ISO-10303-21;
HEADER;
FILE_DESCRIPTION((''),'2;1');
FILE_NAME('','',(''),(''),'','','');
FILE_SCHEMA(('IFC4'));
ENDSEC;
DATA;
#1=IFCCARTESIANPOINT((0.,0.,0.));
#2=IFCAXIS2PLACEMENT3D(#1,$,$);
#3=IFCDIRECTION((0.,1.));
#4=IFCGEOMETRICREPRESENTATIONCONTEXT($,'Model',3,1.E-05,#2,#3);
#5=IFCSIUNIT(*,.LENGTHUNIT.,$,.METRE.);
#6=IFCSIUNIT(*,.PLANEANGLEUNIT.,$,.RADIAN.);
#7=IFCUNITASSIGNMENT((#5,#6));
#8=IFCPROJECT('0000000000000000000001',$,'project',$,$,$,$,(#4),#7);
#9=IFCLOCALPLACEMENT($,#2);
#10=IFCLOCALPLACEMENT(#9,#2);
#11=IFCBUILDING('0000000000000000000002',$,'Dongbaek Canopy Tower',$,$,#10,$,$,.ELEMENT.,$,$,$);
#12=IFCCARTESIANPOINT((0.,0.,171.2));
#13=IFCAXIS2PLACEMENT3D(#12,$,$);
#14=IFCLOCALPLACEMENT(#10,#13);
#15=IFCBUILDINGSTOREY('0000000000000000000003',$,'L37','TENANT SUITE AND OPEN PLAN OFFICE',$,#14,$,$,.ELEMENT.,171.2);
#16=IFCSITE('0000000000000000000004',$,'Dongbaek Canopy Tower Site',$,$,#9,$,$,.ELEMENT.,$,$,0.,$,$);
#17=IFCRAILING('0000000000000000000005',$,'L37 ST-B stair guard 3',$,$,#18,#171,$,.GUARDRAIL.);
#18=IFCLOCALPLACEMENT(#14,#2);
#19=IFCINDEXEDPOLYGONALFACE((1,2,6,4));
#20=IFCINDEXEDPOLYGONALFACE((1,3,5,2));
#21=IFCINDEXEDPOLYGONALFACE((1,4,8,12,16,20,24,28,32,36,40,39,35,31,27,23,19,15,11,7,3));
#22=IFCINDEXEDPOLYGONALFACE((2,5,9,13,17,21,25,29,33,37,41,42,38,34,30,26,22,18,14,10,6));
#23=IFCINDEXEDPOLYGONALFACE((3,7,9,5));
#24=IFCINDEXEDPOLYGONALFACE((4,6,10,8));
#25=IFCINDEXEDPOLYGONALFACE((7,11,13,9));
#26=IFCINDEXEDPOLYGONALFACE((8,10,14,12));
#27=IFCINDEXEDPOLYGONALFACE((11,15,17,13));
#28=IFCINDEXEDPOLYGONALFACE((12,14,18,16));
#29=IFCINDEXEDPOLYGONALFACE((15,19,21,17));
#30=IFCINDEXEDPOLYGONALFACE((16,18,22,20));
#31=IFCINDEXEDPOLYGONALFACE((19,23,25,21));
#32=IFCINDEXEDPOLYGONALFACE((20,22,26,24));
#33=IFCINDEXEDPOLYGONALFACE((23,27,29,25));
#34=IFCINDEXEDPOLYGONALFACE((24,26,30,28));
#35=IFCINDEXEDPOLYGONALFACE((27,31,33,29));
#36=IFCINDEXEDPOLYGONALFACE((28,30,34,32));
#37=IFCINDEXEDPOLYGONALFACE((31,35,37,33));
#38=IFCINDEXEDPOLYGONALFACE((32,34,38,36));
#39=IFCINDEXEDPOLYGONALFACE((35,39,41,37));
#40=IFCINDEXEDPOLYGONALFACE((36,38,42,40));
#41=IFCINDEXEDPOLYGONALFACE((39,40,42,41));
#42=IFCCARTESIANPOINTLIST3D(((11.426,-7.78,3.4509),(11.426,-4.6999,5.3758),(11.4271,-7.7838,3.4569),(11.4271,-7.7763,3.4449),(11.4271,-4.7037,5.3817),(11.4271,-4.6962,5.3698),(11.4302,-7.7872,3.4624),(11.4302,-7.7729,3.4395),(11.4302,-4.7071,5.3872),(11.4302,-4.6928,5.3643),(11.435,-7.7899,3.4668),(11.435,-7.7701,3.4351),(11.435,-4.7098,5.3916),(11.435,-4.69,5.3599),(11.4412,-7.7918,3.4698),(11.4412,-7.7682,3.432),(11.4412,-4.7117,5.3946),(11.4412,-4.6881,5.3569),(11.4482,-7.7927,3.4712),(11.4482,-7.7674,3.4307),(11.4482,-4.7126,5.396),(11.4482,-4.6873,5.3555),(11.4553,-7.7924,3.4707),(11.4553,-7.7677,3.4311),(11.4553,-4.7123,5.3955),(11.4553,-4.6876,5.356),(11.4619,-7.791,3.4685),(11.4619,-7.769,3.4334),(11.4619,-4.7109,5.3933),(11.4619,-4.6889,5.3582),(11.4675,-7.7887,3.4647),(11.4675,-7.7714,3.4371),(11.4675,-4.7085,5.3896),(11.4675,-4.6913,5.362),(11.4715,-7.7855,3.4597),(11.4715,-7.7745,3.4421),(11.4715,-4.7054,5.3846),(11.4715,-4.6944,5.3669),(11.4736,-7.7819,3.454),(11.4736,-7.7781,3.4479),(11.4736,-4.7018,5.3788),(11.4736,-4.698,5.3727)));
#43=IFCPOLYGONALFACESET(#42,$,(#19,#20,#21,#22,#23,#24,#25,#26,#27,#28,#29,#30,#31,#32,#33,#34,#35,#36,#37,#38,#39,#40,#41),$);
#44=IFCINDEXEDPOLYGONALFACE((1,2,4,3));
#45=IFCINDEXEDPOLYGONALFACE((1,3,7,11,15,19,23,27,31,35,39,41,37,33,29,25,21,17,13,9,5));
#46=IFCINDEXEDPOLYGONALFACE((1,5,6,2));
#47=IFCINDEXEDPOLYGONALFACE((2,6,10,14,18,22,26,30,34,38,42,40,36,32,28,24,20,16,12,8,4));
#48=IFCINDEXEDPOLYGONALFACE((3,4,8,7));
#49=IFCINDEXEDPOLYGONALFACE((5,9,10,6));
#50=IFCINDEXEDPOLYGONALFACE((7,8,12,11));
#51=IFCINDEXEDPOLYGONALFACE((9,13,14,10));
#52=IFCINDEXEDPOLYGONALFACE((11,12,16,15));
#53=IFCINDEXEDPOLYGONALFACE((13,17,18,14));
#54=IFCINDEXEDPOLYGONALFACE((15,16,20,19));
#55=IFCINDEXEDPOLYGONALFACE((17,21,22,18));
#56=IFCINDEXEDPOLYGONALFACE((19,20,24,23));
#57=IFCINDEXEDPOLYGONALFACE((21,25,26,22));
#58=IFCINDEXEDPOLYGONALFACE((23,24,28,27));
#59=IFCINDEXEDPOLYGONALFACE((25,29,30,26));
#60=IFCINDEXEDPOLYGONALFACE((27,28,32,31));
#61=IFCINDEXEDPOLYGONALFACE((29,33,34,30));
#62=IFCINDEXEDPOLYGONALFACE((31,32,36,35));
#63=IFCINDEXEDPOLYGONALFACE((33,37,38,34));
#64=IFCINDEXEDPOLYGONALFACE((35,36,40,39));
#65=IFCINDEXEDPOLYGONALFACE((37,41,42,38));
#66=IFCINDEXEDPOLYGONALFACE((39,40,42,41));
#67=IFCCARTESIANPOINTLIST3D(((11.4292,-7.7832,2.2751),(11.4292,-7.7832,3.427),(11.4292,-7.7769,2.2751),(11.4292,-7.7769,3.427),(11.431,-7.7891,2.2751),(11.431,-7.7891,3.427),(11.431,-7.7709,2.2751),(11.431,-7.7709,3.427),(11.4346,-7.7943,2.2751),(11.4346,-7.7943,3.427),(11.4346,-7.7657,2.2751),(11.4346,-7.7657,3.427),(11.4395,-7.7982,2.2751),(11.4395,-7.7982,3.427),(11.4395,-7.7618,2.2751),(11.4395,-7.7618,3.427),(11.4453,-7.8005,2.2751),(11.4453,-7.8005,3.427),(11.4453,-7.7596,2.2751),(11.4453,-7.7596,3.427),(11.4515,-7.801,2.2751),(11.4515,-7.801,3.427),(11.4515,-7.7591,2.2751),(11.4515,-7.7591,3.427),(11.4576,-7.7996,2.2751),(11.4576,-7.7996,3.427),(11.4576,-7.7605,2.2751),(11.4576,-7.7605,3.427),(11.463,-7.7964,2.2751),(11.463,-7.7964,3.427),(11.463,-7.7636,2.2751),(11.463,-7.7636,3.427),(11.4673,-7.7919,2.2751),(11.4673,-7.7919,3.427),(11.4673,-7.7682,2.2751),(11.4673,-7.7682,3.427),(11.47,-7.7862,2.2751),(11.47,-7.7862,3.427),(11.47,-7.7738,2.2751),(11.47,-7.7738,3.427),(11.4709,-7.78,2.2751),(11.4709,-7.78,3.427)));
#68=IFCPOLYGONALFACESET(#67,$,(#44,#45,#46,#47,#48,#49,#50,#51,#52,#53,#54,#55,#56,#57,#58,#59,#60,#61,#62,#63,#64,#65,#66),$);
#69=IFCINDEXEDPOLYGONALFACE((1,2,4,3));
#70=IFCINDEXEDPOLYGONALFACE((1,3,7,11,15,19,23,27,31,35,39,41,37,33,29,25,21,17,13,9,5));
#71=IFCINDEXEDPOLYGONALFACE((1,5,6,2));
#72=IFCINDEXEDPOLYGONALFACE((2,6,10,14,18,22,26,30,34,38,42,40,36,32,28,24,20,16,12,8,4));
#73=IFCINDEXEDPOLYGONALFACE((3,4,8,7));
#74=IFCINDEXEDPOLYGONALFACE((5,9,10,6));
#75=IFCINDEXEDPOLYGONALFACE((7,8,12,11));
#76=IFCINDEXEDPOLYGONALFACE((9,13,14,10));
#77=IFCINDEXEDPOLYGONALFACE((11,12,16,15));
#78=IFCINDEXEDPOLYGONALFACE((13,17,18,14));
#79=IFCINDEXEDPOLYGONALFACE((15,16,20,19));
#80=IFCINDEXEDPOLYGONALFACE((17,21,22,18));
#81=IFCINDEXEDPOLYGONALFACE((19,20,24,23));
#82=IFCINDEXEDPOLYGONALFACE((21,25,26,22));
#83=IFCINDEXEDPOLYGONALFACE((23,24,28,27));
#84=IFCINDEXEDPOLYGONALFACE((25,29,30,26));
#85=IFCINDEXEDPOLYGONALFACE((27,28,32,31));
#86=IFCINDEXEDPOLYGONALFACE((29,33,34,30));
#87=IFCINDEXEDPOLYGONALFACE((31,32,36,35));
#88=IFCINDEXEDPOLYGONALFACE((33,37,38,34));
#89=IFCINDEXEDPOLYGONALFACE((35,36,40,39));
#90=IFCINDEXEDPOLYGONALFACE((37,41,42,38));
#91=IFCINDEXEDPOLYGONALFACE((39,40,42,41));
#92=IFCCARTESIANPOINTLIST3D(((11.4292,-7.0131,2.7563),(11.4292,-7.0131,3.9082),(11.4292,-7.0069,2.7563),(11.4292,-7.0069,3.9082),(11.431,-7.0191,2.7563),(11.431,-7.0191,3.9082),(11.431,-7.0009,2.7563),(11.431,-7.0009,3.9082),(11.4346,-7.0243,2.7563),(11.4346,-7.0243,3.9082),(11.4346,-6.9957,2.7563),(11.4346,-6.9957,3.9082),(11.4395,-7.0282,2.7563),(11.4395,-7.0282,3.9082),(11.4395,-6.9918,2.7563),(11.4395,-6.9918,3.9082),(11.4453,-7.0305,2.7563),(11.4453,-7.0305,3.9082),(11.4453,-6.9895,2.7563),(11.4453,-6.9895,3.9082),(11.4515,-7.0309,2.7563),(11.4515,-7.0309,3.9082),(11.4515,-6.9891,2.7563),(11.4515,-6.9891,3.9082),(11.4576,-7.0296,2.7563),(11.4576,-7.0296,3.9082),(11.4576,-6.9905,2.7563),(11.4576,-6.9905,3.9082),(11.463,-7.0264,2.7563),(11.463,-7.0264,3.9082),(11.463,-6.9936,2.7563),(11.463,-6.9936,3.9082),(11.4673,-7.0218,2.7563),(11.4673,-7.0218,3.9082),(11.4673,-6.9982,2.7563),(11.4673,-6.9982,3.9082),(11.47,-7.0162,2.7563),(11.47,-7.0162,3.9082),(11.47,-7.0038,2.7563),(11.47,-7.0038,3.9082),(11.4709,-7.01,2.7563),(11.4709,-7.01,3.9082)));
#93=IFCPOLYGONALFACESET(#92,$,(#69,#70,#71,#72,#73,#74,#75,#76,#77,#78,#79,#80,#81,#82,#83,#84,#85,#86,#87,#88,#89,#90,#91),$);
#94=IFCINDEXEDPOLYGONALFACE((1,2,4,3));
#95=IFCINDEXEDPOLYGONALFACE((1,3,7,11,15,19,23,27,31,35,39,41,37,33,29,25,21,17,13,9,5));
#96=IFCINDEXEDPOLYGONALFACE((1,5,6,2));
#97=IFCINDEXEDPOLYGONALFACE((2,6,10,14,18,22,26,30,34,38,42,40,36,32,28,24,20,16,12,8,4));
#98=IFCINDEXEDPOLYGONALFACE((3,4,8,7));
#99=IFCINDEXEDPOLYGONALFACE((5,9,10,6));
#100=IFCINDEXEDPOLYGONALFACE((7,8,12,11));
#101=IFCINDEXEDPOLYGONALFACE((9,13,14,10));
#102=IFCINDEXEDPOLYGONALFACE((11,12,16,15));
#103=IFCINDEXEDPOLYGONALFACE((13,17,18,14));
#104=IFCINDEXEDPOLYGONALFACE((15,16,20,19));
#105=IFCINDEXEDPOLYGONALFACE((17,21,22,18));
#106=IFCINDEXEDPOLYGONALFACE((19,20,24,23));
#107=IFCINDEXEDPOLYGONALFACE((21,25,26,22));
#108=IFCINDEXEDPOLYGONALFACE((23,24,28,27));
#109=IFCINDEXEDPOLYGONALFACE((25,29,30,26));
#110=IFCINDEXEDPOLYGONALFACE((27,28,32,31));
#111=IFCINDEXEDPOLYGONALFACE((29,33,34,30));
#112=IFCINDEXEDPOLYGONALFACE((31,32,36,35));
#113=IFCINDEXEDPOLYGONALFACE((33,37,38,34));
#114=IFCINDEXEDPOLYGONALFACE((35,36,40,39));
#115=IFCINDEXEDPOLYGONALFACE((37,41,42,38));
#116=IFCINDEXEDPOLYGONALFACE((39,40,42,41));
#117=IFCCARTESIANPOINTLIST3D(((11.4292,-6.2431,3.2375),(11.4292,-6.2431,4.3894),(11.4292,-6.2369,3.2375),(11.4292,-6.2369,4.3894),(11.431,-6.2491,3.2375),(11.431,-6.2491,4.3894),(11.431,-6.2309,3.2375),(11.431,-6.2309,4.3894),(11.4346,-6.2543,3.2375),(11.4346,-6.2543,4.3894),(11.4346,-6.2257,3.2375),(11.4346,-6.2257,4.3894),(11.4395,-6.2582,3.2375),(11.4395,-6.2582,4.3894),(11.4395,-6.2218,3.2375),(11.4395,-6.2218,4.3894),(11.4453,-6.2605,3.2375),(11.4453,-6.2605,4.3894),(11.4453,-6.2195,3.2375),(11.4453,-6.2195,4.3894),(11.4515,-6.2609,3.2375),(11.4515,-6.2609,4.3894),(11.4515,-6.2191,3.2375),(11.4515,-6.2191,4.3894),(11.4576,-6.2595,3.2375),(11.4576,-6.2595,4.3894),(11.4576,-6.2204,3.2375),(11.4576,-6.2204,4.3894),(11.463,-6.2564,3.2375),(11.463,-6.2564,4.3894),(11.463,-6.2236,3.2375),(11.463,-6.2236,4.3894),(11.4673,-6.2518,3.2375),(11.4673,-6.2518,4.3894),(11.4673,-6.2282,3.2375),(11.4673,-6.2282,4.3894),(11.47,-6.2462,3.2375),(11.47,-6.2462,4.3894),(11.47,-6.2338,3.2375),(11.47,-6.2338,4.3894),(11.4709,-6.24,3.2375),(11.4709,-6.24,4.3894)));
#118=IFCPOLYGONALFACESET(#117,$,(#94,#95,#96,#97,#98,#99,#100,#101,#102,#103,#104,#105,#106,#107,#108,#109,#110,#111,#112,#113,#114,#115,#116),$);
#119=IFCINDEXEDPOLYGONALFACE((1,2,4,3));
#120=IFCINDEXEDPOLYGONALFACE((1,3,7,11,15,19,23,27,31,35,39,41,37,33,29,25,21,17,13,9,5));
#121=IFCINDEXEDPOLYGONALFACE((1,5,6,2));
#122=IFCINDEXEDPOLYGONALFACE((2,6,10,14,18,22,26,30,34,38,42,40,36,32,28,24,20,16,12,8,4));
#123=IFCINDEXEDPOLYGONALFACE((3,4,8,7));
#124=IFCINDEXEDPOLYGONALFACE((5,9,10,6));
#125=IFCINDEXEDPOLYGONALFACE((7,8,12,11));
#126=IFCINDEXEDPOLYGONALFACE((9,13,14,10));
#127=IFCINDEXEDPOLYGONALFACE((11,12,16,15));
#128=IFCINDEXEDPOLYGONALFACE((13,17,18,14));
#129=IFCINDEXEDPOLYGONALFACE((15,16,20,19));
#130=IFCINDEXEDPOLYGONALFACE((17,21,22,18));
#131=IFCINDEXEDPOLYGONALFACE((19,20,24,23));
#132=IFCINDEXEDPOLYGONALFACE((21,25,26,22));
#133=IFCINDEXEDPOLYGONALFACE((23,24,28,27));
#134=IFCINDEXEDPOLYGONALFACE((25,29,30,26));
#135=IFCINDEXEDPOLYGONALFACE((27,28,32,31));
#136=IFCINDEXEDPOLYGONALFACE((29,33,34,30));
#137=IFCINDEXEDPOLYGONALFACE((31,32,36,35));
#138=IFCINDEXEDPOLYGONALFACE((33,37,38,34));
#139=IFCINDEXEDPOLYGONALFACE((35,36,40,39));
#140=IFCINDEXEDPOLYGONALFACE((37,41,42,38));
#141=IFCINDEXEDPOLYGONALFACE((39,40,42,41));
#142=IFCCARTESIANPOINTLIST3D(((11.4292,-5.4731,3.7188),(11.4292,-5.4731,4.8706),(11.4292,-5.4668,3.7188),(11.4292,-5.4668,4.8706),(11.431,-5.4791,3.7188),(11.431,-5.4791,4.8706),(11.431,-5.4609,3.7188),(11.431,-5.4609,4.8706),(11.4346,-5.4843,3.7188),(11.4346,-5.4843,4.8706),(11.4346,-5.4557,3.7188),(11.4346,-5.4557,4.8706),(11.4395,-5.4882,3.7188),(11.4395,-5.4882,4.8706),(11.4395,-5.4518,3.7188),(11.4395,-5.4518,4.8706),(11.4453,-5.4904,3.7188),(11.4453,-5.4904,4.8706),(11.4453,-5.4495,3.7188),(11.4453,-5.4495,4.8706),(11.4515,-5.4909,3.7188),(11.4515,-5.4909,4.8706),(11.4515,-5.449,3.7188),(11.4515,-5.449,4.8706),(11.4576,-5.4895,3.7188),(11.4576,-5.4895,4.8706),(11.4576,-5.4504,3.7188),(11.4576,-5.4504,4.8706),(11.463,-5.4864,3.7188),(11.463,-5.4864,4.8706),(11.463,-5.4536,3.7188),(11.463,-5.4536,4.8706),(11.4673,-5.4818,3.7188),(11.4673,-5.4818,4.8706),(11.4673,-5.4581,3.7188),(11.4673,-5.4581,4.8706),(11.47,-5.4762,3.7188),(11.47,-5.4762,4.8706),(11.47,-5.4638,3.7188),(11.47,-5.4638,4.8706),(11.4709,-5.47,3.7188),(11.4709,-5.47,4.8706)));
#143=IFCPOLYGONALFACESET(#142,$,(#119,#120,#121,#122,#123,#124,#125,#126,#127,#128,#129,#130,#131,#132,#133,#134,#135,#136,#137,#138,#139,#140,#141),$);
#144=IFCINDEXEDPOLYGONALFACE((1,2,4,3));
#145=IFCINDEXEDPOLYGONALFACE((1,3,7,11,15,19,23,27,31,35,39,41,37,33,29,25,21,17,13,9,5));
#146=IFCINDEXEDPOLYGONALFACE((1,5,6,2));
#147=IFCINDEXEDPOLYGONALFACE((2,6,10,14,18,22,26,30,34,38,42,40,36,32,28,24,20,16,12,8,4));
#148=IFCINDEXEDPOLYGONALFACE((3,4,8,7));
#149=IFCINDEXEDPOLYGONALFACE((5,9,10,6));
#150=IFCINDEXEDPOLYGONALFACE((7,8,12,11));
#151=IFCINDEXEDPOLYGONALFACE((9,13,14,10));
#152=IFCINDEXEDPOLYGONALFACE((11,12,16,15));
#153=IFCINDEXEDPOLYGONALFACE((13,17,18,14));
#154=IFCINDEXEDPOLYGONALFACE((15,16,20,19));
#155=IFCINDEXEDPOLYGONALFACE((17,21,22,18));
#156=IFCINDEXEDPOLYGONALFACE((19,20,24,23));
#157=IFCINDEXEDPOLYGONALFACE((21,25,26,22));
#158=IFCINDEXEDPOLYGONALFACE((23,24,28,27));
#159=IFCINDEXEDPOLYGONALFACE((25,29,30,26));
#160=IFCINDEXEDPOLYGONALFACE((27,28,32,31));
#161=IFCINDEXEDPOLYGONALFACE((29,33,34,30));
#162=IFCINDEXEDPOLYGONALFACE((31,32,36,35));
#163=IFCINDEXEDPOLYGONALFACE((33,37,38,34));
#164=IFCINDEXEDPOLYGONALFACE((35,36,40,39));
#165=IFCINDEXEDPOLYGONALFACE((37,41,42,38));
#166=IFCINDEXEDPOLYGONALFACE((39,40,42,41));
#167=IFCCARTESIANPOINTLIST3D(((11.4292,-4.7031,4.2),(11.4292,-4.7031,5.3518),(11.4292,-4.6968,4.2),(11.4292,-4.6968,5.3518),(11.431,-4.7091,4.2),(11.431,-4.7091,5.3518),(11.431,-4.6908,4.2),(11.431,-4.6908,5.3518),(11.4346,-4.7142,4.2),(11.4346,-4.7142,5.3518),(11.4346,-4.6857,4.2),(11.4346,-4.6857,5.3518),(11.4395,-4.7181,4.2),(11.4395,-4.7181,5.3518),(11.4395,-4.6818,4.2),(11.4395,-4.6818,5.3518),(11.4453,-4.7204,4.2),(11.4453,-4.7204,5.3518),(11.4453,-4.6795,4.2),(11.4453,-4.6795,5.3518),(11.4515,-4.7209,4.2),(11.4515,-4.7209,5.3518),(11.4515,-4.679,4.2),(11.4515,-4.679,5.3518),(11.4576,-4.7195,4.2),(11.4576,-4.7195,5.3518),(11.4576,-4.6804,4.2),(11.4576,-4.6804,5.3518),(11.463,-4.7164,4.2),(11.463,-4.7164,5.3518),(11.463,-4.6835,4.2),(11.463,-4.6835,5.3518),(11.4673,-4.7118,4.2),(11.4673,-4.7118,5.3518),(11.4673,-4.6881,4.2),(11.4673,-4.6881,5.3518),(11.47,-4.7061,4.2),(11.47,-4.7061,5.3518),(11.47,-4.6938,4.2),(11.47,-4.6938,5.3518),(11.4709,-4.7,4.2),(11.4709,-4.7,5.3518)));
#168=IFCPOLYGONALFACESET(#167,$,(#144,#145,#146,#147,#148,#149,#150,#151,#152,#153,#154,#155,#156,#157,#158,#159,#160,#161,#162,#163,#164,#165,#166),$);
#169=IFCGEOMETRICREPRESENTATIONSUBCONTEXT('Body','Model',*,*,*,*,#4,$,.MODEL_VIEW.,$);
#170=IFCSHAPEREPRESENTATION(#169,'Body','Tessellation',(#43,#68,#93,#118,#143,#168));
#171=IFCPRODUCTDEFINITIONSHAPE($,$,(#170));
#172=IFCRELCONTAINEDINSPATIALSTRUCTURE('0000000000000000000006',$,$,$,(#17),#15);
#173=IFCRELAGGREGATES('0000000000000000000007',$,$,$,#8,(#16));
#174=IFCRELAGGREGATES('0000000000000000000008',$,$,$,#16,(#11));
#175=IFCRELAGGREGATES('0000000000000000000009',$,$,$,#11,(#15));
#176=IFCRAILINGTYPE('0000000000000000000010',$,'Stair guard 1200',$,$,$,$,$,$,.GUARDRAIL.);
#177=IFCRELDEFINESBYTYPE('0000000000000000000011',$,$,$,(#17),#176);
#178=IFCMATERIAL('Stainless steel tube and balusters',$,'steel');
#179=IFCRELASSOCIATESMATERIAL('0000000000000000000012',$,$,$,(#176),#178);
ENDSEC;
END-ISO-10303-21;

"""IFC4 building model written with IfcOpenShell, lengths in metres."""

from ifc_helpers import new_model, si_unit, direction, frame, origin, origin_2d, place, context, subcontext, project, spatial, circle, extrude, material, type_object, element, save


model = new_model("IFC4")

# Units and contexts
model_context = context("Model", 3, precision=1e-05, world=origin(), true_north=direction((0.0, 1.0)))
body_context = subcontext(model_context, "Body", "Model", "MODEL_VIEW")
ifc_project = project(units=[si_unit("LENGTHUNIT", "METRE"), si_unit("PLANEANGLEUNIT", "RADIAN")], contexts=[model_context])

# Site, building, storey
site_placement = place(None, origin())
site = spatial("IfcSite", under=ifc_project, at=site_placement, Name="Dongbaek Canopy Tower Site", CompositionType="ELEMENT", RefElevation=0.0)
building_placement = place(site_placement, origin())
building = spatial("IfcBuilding", under=site, at=building_placement, Name="Dongbaek Canopy Tower", CompositionType="ELEMENT")
storey_placement = place(building_placement, frame((0.0, 0.0, 171.2)))
storey = spatial("IfcBuildingStorey", under=building, at=storey_placement, Name="L37", Description="TENANT SUITE AND OPEN PLAN OFFICE", CompositionType="ELEMENT", Elevation=171.2)

# Railing
ifc_material_1 = material(Name="Stainless steel tube and balusters", Category="steel")
railing_type_1 = type_object("IfcRailingType", Name="Stair guard 1200", PredefinedType="GUARDRAIL", material=ifc_material_1)
railing_1_placement = place(storey_placement, frame((11.45, -7.78, 2.2751)))
element("IfcRailing", 1, at=railing_1_placement, inside=storey, type_object=railing_type_1, Name="L37 ST-B stair guard 3", PredefinedType="GUARDRAIL", context=body_context, shape_type="SweptSolid", body=[
    extrude(circle(Radius=0.0239, at=origin_2d()), frame((0.0, 0.0, 1.1758), z_axis=(0.0, 0.848029, 0.529951), x_axis=(-1.0, 0.0, 0.0)), (0.0, 0.0, 1.0), 3.6321),
    extrude(circle(Radius=0.021, at=origin_2d()), origin(), (0.0, 0.0, 1.0), 1.1519),
    extrude(circle(Radius=0.021, at=origin_2d()), frame((0.0, 0.77, 0.4812)), (0.0, 0.0, 1.0), 1.1519),
    extrude(circle(Radius=0.021, at=origin_2d()), frame((0.0, 1.54, 0.9624)), (0.0, 0.0, 1.0), 1.1519),
    extrude(circle(Radius=0.021, at=origin_2d()), frame((0.0, 2.3101, 1.4436)), (0.0, 0.0, 1.0), 1.1519),
    extrude(circle(Radius=0.021, at=origin_2d()), frame((0.0, 3.0801, 1.9248)), (0.0, 0.0, 1.0), 1.1519),
])

save(model, "model.ifc")
